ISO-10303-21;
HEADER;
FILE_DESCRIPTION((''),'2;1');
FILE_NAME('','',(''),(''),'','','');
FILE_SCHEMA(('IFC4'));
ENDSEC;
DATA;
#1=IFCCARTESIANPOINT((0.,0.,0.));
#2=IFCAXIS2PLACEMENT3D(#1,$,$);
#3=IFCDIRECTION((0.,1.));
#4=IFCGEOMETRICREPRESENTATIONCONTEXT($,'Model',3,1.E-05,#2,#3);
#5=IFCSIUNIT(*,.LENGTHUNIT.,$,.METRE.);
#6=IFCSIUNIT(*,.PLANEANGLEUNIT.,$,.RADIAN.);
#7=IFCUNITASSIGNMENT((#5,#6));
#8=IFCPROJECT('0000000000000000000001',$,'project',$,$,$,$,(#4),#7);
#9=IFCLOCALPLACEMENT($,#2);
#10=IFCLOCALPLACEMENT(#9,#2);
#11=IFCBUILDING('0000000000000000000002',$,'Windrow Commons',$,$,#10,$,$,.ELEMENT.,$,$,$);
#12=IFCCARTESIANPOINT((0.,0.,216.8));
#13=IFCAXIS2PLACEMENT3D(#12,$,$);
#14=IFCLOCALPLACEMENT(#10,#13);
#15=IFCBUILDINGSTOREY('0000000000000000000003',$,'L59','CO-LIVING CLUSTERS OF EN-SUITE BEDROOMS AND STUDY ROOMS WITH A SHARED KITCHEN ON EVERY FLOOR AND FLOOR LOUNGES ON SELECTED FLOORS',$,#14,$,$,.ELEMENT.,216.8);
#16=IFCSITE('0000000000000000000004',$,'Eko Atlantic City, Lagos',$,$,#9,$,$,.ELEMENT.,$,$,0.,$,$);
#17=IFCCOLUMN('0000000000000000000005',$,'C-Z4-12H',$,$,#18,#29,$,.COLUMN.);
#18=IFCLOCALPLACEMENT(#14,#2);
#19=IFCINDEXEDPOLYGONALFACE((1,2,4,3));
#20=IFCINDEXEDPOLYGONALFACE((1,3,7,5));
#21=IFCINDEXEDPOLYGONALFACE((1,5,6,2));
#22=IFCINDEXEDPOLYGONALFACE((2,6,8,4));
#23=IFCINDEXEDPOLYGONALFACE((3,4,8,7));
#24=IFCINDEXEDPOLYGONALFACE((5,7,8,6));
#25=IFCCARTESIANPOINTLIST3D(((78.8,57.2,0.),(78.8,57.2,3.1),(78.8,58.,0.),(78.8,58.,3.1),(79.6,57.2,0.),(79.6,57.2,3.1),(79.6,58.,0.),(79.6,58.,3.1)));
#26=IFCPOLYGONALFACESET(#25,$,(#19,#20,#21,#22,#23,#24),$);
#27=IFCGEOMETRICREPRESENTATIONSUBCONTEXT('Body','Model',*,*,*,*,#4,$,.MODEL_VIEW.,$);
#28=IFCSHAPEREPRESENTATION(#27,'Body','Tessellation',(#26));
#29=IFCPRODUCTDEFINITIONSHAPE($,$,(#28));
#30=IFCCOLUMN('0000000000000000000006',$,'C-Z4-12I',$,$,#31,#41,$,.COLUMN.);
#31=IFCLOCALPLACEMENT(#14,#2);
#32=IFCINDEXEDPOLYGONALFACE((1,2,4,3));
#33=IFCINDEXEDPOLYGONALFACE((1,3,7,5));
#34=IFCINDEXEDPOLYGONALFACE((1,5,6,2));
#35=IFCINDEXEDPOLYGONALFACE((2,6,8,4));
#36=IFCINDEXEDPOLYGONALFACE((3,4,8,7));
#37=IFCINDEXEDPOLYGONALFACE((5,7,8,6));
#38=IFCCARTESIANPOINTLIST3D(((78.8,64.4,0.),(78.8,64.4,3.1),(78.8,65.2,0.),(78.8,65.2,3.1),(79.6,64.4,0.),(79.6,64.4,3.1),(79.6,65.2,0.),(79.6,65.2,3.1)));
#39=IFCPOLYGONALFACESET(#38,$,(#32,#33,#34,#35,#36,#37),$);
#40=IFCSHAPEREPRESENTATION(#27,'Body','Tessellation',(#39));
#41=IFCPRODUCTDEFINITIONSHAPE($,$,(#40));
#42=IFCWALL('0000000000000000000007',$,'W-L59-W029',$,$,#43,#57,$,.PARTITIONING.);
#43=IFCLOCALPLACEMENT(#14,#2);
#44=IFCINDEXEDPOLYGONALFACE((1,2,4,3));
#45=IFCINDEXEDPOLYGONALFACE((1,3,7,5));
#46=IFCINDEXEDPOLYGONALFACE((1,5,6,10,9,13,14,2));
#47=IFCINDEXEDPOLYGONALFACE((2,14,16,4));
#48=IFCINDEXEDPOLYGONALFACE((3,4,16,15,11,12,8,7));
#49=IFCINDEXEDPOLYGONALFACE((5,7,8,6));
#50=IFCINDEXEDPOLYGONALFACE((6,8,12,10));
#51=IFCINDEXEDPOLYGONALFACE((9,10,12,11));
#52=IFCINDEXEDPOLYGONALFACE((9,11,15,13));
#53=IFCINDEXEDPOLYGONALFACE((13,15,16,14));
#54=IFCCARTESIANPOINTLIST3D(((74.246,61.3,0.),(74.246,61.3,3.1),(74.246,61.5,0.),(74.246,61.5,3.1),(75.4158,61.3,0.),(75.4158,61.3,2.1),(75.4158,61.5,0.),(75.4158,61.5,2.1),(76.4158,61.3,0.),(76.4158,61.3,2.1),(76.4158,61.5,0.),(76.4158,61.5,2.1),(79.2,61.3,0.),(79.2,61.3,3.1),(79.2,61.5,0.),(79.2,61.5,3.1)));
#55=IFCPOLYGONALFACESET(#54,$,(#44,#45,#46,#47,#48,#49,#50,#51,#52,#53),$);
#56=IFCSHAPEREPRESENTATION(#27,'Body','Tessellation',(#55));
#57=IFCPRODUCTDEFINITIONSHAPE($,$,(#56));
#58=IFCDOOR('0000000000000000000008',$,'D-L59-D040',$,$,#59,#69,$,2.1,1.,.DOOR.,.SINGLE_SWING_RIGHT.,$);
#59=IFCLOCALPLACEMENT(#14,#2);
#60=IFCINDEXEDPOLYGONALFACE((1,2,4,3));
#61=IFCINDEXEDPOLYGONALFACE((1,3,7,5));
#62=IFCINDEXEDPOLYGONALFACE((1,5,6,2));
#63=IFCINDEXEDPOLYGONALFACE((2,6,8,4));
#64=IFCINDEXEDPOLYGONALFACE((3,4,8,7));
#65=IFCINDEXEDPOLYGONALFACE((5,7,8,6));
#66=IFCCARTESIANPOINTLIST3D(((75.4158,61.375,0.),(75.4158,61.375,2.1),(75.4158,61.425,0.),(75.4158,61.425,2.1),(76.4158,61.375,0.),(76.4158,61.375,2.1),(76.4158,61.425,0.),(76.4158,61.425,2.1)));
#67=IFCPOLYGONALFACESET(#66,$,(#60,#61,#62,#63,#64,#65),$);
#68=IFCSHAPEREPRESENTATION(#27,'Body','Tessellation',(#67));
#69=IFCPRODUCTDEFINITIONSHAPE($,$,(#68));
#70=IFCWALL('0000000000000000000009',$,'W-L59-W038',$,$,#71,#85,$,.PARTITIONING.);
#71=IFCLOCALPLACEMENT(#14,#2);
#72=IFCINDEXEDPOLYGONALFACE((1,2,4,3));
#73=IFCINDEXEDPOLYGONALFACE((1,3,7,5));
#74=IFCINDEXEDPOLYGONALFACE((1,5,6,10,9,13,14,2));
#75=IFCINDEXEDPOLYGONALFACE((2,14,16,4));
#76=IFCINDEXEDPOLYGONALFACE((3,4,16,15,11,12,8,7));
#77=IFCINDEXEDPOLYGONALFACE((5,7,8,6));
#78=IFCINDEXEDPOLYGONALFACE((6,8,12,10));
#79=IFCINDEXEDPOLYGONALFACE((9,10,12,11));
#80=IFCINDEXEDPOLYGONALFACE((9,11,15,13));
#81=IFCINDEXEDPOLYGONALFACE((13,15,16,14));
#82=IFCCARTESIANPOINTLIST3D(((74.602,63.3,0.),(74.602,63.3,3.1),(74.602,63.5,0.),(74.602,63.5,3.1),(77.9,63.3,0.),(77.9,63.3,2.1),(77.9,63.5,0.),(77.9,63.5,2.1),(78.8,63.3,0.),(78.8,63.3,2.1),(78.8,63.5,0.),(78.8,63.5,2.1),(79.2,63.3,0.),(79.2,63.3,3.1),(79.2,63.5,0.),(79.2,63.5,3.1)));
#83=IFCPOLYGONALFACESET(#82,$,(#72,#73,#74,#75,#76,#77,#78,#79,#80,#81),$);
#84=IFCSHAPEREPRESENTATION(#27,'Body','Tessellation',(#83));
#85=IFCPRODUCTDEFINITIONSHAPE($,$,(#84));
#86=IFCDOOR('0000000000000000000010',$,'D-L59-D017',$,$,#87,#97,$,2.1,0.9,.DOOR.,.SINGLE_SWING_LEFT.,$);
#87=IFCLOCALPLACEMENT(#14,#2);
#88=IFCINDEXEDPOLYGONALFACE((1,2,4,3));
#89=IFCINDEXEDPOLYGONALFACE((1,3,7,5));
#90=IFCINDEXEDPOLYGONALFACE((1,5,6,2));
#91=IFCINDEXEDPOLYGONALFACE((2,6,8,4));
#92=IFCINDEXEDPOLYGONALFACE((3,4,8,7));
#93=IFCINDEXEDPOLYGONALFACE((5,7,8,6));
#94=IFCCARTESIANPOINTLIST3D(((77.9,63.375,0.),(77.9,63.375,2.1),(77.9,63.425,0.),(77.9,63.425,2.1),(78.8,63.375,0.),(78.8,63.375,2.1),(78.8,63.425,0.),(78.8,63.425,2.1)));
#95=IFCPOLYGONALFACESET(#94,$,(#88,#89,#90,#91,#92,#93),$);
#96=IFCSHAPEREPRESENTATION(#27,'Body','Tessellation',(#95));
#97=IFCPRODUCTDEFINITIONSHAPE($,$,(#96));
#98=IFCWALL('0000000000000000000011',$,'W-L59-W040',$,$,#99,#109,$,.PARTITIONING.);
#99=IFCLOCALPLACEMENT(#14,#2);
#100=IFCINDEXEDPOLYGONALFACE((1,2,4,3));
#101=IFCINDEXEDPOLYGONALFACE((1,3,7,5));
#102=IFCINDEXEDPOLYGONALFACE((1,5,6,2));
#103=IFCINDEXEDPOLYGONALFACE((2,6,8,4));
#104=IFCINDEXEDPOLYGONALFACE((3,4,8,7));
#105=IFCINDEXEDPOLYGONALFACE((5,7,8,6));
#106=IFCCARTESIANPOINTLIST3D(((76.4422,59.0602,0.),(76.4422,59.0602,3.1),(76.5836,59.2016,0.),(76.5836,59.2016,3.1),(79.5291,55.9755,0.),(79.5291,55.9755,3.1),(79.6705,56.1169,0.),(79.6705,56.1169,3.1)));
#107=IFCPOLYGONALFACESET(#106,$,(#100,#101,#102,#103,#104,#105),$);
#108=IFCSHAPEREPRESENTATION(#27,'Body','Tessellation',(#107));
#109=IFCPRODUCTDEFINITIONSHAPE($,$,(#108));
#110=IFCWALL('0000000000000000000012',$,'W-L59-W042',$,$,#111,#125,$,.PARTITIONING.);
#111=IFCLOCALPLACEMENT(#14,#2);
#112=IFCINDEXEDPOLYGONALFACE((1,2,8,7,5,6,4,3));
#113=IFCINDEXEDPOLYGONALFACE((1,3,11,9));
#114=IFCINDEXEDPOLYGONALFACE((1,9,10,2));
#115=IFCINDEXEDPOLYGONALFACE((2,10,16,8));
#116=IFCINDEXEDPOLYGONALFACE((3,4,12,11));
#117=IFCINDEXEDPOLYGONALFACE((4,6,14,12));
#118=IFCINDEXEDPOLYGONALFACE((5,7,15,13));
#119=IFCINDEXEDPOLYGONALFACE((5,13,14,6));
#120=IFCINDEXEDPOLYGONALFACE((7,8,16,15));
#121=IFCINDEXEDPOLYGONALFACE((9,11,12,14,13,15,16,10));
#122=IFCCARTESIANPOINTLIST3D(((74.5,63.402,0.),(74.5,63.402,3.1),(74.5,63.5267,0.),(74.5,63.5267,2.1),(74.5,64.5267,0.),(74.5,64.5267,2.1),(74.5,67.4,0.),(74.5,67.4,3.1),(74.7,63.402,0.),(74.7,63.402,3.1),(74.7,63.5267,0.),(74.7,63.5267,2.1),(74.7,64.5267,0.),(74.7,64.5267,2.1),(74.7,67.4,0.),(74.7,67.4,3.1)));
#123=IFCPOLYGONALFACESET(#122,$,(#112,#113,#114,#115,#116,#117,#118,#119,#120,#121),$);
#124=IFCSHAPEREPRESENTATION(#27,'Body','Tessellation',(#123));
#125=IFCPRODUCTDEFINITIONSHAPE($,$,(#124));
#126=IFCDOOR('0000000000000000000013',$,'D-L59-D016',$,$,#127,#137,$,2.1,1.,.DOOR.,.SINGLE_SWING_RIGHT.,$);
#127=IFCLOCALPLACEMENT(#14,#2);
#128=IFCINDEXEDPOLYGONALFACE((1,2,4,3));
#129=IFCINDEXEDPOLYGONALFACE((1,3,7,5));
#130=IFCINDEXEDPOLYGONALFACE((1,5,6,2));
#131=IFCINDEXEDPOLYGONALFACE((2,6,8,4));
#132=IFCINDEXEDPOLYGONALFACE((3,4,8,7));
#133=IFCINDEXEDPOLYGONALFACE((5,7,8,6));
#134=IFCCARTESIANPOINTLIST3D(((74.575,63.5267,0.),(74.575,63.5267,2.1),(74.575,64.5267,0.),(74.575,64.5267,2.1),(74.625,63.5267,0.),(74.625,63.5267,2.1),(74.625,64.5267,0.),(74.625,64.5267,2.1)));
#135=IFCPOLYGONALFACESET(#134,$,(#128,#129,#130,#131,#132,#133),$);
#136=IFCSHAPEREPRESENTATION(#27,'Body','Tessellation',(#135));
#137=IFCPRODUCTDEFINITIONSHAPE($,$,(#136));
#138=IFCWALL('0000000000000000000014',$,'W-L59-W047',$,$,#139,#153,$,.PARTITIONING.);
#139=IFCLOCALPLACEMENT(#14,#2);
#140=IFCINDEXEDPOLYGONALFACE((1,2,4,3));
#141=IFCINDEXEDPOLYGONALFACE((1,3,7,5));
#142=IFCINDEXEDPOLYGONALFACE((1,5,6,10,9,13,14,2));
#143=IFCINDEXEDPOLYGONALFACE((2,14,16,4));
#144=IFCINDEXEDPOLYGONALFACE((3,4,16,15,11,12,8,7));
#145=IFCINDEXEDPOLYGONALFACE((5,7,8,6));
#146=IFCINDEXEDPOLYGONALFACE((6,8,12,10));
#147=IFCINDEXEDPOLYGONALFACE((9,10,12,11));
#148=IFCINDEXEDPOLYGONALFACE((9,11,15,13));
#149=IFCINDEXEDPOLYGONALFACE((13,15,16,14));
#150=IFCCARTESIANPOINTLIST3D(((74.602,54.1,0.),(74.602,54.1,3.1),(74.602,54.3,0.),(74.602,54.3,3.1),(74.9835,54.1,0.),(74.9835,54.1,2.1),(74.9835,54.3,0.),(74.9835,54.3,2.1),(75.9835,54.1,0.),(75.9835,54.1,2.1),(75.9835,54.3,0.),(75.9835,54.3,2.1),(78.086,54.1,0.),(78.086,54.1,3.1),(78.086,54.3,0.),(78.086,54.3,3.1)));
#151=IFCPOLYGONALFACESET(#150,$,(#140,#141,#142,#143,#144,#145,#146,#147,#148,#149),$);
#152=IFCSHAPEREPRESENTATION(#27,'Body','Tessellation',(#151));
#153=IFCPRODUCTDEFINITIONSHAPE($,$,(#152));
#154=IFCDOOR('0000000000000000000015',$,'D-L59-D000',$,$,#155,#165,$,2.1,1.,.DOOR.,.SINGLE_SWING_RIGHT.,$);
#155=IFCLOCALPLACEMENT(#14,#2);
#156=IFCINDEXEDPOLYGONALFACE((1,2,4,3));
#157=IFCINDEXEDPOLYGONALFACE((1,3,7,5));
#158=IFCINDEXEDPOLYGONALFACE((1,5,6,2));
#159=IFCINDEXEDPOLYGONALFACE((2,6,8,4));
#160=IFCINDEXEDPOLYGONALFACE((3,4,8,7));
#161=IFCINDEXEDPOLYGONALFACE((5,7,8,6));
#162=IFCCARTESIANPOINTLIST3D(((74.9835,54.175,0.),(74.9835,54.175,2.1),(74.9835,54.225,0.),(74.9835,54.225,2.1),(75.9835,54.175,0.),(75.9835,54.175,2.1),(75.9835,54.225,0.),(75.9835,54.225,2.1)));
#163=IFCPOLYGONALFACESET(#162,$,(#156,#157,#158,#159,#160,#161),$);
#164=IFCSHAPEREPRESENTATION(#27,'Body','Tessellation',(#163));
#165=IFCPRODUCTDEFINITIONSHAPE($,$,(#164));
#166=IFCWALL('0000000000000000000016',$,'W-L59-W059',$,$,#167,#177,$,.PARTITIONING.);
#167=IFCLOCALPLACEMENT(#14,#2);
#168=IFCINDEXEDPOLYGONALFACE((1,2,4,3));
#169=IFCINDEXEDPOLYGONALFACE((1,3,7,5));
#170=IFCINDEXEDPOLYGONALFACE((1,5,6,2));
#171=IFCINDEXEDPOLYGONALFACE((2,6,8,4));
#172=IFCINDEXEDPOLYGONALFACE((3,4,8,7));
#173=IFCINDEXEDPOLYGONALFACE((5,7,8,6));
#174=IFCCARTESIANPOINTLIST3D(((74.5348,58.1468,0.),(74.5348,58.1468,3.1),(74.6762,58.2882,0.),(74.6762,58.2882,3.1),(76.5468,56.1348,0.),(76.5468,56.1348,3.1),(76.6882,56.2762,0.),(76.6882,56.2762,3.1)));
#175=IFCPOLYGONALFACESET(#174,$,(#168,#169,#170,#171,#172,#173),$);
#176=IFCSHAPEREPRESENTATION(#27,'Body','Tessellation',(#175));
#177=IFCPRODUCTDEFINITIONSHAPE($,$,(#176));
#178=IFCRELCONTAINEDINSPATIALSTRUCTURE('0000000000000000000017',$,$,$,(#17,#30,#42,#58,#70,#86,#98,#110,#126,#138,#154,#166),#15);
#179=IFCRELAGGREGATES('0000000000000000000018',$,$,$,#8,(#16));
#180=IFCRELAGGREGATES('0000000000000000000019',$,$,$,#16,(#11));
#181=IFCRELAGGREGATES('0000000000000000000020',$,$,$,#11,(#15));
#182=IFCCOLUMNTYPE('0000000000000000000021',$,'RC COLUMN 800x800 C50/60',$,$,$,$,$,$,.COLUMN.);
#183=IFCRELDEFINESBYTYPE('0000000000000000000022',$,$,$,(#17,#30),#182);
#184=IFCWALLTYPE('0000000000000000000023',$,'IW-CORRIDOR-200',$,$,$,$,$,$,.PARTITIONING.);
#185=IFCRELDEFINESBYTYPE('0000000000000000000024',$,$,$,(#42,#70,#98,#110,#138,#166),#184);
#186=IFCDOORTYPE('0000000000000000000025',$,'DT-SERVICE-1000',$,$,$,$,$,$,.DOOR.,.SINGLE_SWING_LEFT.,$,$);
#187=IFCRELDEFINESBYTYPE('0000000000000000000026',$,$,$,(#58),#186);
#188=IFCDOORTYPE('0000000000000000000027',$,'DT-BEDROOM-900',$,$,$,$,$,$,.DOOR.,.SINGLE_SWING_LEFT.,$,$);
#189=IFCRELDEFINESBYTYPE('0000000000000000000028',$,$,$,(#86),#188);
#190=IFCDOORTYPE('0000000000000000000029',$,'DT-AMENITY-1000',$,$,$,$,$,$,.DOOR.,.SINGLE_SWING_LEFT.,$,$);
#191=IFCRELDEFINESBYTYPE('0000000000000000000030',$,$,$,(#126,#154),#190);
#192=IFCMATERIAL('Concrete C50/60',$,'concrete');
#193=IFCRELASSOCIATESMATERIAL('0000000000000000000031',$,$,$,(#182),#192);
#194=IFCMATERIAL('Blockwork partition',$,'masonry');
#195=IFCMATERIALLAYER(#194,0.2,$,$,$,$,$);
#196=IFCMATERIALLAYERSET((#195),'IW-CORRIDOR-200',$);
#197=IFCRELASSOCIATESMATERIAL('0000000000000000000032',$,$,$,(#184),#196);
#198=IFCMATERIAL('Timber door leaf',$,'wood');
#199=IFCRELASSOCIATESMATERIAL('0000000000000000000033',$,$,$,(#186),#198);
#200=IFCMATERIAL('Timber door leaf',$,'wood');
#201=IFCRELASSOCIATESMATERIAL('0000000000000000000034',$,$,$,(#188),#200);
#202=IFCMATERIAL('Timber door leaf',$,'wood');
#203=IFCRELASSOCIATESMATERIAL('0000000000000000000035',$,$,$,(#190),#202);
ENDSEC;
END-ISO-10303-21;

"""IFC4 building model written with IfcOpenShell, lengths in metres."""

from ifc_helpers import new_model, si_unit, direction, frame, frame_2d, origin, origin_2d, place, context, subcontext, project, spatial, rectangle, extrude, material, layer, layer_set, material_profile, profile_set, type_object, element, fill, save


model = new_model("IFC4")

# Units and contexts
model_context = context("Model", 3, precision=1e-05, world=origin(), true_north=direction((0.0, 1.0)))
body_context = subcontext(model_context, "Body", "Model", "MODEL_VIEW")
ifc_project = project(units=[si_unit("LENGTHUNIT", "METRE"), si_unit("PLANEANGLEUNIT", "RADIAN")], contexts=[model_context])

# Site, building, storey
site_placement = place(None, origin())
site = spatial("IfcSite", under=ifc_project, at=site_placement, Name="Eko Atlantic City, Lagos", CompositionType="ELEMENT", RefElevation=0.0)
building_placement = place(site_placement, origin())
building = spatial("IfcBuilding", under=site, at=building_placement, Name="Windrow Commons", CompositionType="ELEMENT")
storey_placement = place(building_placement, frame((0.0, 0.0, 216.8)))
storey = spatial("IfcBuildingStorey", under=building, at=storey_placement, Name="L59", Description="CO-LIVING CLUSTERS OF EN-SUITE BEDROOMS AND STUDY ROOMS WITH A SHARED KITCHEN ON EVERY FLOOR AND FLOOR LOUNGES ON SELECTED FLOORS", CompositionType="ELEMENT", Elevation=216.8)

# Columns
ifc_material_1 = material(Name="Concrete C50/60", Category="concrete")
ifc_material_profile = material_profile(ifc_material_1, rectangle(XDim=0.8, YDim=0.8, at=origin_2d()))
ifc_profile_set = profile_set([ifc_material_profile], Name="Concrete C50/60")
column_type = type_object("IfcColumnType", Name="RC COLUMN 800x800 C50/60", PredefinedType="COLUMN", material=ifc_profile_set)
for number, where, z_axis, x_axis, name in (
    (1, (79.2, 57.6, 0.0), (0.0, 0.0, 1.0), (1.0, 0.0, 0.0), "C-Z4-12H"),
    (2, (79.2, 64.8, 0.0), (0.0, 0.0, 1.0), (1.0, 0.0, 0.0), "C-Z4-12I"),
):
    element("IfcColumn", number, at=place(storey_placement, frame(where, z_axis=z_axis, x_axis=x_axis)), inside=storey, type_object=column_type, Name=name, PredefinedType="COLUMN", context=body_context, shape_type="SweptSolid", body=[
        extrude(rectangle(XDim=0.8, YDim=0.8, at=origin_2d()), origin(), (0.0, 0.0, 1.0), 3.1),
    ])

# Walls, openings, doors
ifc_material_2 = material(Name="Blockwork partition", Category="masonry")
ifc_layer_1 = layer(ifc_material_2, 0.2)
ifc_layer_set_1 = layer_set([ifc_layer_1], Name="IW-CORRIDOR-200")
wall_type_1 = type_object("IfcWallType", Name="IW-CORRIDOR-200", PredefinedType="PARTITIONING", material=ifc_layer_set_1)
wall_1_placement = place(storey_placement, frame((74.246, 61.4, 0.0), z_axis=(0.0, 0.0, 1.0), x_axis=(1.0, 0.0, 0.0)))
wall_1 = element("IfcWall", 3, at=wall_1_placement, inside=storey, type_object=wall_type_1, Name="W-L59-W029", PredefinedType="PARTITIONING", context=body_context, shape_type="SweptSolid", body=[
    extrude(rectangle(XDim=4.954, YDim=0.2, at=frame_2d((2.477, 0.0))), origin(), (0.0, 0.0, 1.0), 3.1),
])
opening_1_placement = place(wall_1_placement, frame((1.1698, 0.0, 0.0)))
opening_1 = element("IfcOpeningElement", 4, at=opening_1_placement, cuts=wall_1, PredefinedType="OPENING", context=body_context, shape_type="SweptSolid", body=[
    extrude(rectangle(XDim=1.0, YDim=2.1, at=frame_2d((0.5, 1.05))), frame((0.0, 0.11, 0.0), z_axis=(0.0, -1.0, 0.0), x_axis=(1.0, 0.0, 0.0)), (0.0, 0.0, 1.0), 0.22),
])
ifc_material_3 = material(Name="Timber door leaf", Category="wood")
door_type_1 = type_object("IfcDoorType", Name="DT-SERVICE-1000", OperationType="SINGLE_SWING_LEFT", PredefinedType="DOOR", material=ifc_material_3)
door_1_placement = place(opening_1_placement, origin())
door_1 = element("IfcDoor", 5, at=door_1_placement, inside=storey, type_object=door_type_1, Name="D-L59-D040", OperationType="SINGLE_SWING_RIGHT", OverallHeight=2.1, OverallWidth=1.0, PredefinedType="DOOR", context=body_context, shape_type="SweptSolid", body=[
    extrude(rectangle(XDim=1.0, YDim=2.1, at=frame_2d((0.5, 1.05))), frame((0.0, 0.025, 0.0), z_axis=(0.0, -1.0, 0.0), x_axis=(1.0, 0.0, 0.0)), (0.0, 0.0, 1.0), 0.05),
])
fill(opening_1, door_1)
wall_2_placement = place(storey_placement, frame((74.602, 63.4, 0.0), z_axis=(0.0, 0.0, 1.0), x_axis=(1.0, 0.0, 0.0)))
wall_2 = element("IfcWall", 6, at=wall_2_placement, inside=storey, type_object=wall_type_1, Name="W-L59-W038", PredefinedType="PARTITIONING", context=body_context, shape_type="SweptSolid", body=[
    extrude(rectangle(XDim=4.598, YDim=0.2, at=frame_2d((2.299, 0.0))), origin(), (0.0, 0.0, 1.0), 3.1),
])
opening_2_placement = place(wall_2_placement, frame((3.298, 0.0, 0.0)))
opening_2 = element("IfcOpeningElement", 7, at=opening_2_placement, cuts=wall_2, PredefinedType="OPENING", context=body_context, shape_type="SweptSolid", body=[
    extrude(rectangle(XDim=0.9, YDim=2.1, at=frame_2d((0.45, 1.05))), frame((0.0, 0.11, 0.0), z_axis=(0.0, -1.0, 0.0), x_axis=(1.0, 0.0, 0.0)), (0.0, 0.0, 1.0), 0.22),
])
ifc_material_4 = material(Name="Timber door leaf", Category="wood")
door_type_2 = type_object("IfcDoorType", Name="DT-BEDROOM-900", OperationType="SINGLE_SWING_LEFT", PredefinedType="DOOR", material=ifc_material_4)
door_2_placement = place(opening_2_placement, origin())
door_2 = element("IfcDoor", 8, at=door_2_placement, inside=storey, type_object=door_type_2, Name="D-L59-D017", OperationType="SINGLE_SWING_LEFT", OverallHeight=2.1, OverallWidth=0.9, PredefinedType="DOOR", context=body_context, shape_type="SweptSolid", body=[
    extrude(rectangle(XDim=0.9, YDim=2.1, at=frame_2d((0.45, 1.05))), frame((0.0, 0.025, 0.0), z_axis=(0.0, -1.0, 0.0), x_axis=(1.0, 0.0, 0.0)), (0.0, 0.0, 1.0), 0.05),
])
fill(opening_2, door_2)

# Wall
wall_3_placement = place(storey_placement, frame((76.5129, 59.1309, 0.0), z_axis=(0.0, 0.0, 1.0), x_axis=(0.707359, -0.706855, 0.0)))
element("IfcWall", 9, at=wall_3_placement, inside=storey, type_object=wall_type_1, Name="W-L59-W040", PredefinedType="PARTITIONING", context=body_context, shape_type="SweptSolid", body=[
    extrude(rectangle(XDim=4.364, YDim=0.2, at=frame_2d((2.182, 0.0))), origin(), (0.0, 0.0, 1.0), 3.1),
])

# Walls, openings, doors
wall_4_placement = place(storey_placement, frame((74.6, 63.402, 0.0), z_axis=(0.0, 0.0, 1.0), x_axis=(0.0, 1.0, 0.0)))
wall_4 = element("IfcWall", 10, at=wall_4_placement, inside=storey, type_object=wall_type_1, Name="W-L59-W042", PredefinedType="PARTITIONING", context=body_context, shape_type="SweptSolid", body=[
    extrude(rectangle(XDim=3.998, YDim=0.2, at=frame_2d((1.999, 0.0))), origin(), (0.0, 0.0, 1.0), 3.1),
])
opening_3_placement = place(wall_4_placement, frame((0.1247, 0.0, 0.0)))
opening_3 = element("IfcOpeningElement", 11, at=opening_3_placement, cuts=wall_4, PredefinedType="OPENING", context=body_context, shape_type="SweptSolid", body=[
    extrude(rectangle(XDim=1.0, YDim=2.1, at=frame_2d((0.5, 1.05))), frame((0.0, 0.11, 0.0), z_axis=(0.0, -1.0, 0.0), x_axis=(1.0, 0.0, 0.0)), (0.0, 0.0, 1.0), 0.22),
])
ifc_material_5 = material(Name="Timber door leaf", Category="wood")
door_type_3 = type_object("IfcDoorType", Name="DT-AMENITY-1000", OperationType="SINGLE_SWING_LEFT", PredefinedType="DOOR", material=ifc_material_5)
door_3_placement = place(opening_3_placement, origin())
door_3 = element("IfcDoor", 12, at=door_3_placement, inside=storey, type_object=door_type_3, Name="D-L59-D016", OperationType="SINGLE_SWING_RIGHT", OverallHeight=2.1, OverallWidth=1.0, PredefinedType="DOOR", context=body_context, shape_type="SweptSolid", body=[
    extrude(rectangle(XDim=1.0, YDim=2.1, at=frame_2d((0.5, 1.05))), frame((0.0, 0.025, 0.0), z_axis=(0.0, -1.0, 0.0), x_axis=(1.0, 0.0, 0.0)), (0.0, 0.0, 1.0), 0.05),
])
fill(opening_3, door_3)
wall_5_placement = place(storey_placement, frame((74.602, 54.2, 0.0), z_axis=(0.0, 0.0, 1.0), x_axis=(1.0, 0.0, 0.0)))
wall_5 = element("IfcWall", 13, at=wall_5_placement, inside=storey, type_object=wall_type_1, Name="W-L59-W047", PredefinedType="PARTITIONING", context=body_context, shape_type="SweptSolid", body=[
    extrude(rectangle(XDim=3.484, YDim=0.2, at=frame_2d((1.742, 0.0))), origin(), (0.0, 0.0, 1.0), 3.1),
])
opening_4_placement = place(wall_5_placement, frame((0.3815, 0.0, 0.0)))
opening_4 = element("IfcOpeningElement", 14, at=opening_4_placement, cuts=wall_5, PredefinedType="OPENING", context=body_context, shape_type="SweptSolid", body=[
    extrude(rectangle(XDim=1.0, YDim=2.1, at=frame_2d((0.5, 1.05))), frame((0.0, 0.11, 0.0), z_axis=(0.0, -1.0, 0.0), x_axis=(1.0, 0.0, 0.0)), (0.0, 0.0, 1.0), 0.22),
])
door_4_placement = place(opening_4_placement, origin())
door_4 = element("IfcDoor", 15, at=door_4_placement, inside=storey, type_object=door_type_3, Name="D-L59-D000", OperationType="SINGLE_SWING_RIGHT", OverallHeight=2.1, OverallWidth=1.0, PredefinedType="DOOR", context=body_context, shape_type="SweptSolid", body=[
    extrude(rectangle(XDim=1.0, YDim=2.1, at=frame_2d((0.5, 1.05))), frame((0.0, 0.025, 0.0), z_axis=(0.0, -1.0, 0.0), x_axis=(1.0, 0.0, 0.0)), (0.0, 0.0, 1.0), 0.05),
])
fill(opening_4, door_4)

# Wall
wall_6_placement = place(storey_placement, frame((74.6055, 58.2175, 0.0), z_axis=(0.0, 0.0, 1.0), x_axis=(0.707107, -0.707107, 0.0)))
element("IfcWall", 16, at=wall_6_placement, inside=storey, type_object=wall_type_1, Name="W-L59-W059", PredefinedType="PARTITIONING", context=body_context, shape_type="SweptSolid", body=[
    extrude(rectangle(XDim=2.8454, YDim=0.2, at=frame_2d((1.4227, 0.0))), origin(), (0.0, 0.0, 1.0), 3.1),
])

save(model, "model.ifc")
